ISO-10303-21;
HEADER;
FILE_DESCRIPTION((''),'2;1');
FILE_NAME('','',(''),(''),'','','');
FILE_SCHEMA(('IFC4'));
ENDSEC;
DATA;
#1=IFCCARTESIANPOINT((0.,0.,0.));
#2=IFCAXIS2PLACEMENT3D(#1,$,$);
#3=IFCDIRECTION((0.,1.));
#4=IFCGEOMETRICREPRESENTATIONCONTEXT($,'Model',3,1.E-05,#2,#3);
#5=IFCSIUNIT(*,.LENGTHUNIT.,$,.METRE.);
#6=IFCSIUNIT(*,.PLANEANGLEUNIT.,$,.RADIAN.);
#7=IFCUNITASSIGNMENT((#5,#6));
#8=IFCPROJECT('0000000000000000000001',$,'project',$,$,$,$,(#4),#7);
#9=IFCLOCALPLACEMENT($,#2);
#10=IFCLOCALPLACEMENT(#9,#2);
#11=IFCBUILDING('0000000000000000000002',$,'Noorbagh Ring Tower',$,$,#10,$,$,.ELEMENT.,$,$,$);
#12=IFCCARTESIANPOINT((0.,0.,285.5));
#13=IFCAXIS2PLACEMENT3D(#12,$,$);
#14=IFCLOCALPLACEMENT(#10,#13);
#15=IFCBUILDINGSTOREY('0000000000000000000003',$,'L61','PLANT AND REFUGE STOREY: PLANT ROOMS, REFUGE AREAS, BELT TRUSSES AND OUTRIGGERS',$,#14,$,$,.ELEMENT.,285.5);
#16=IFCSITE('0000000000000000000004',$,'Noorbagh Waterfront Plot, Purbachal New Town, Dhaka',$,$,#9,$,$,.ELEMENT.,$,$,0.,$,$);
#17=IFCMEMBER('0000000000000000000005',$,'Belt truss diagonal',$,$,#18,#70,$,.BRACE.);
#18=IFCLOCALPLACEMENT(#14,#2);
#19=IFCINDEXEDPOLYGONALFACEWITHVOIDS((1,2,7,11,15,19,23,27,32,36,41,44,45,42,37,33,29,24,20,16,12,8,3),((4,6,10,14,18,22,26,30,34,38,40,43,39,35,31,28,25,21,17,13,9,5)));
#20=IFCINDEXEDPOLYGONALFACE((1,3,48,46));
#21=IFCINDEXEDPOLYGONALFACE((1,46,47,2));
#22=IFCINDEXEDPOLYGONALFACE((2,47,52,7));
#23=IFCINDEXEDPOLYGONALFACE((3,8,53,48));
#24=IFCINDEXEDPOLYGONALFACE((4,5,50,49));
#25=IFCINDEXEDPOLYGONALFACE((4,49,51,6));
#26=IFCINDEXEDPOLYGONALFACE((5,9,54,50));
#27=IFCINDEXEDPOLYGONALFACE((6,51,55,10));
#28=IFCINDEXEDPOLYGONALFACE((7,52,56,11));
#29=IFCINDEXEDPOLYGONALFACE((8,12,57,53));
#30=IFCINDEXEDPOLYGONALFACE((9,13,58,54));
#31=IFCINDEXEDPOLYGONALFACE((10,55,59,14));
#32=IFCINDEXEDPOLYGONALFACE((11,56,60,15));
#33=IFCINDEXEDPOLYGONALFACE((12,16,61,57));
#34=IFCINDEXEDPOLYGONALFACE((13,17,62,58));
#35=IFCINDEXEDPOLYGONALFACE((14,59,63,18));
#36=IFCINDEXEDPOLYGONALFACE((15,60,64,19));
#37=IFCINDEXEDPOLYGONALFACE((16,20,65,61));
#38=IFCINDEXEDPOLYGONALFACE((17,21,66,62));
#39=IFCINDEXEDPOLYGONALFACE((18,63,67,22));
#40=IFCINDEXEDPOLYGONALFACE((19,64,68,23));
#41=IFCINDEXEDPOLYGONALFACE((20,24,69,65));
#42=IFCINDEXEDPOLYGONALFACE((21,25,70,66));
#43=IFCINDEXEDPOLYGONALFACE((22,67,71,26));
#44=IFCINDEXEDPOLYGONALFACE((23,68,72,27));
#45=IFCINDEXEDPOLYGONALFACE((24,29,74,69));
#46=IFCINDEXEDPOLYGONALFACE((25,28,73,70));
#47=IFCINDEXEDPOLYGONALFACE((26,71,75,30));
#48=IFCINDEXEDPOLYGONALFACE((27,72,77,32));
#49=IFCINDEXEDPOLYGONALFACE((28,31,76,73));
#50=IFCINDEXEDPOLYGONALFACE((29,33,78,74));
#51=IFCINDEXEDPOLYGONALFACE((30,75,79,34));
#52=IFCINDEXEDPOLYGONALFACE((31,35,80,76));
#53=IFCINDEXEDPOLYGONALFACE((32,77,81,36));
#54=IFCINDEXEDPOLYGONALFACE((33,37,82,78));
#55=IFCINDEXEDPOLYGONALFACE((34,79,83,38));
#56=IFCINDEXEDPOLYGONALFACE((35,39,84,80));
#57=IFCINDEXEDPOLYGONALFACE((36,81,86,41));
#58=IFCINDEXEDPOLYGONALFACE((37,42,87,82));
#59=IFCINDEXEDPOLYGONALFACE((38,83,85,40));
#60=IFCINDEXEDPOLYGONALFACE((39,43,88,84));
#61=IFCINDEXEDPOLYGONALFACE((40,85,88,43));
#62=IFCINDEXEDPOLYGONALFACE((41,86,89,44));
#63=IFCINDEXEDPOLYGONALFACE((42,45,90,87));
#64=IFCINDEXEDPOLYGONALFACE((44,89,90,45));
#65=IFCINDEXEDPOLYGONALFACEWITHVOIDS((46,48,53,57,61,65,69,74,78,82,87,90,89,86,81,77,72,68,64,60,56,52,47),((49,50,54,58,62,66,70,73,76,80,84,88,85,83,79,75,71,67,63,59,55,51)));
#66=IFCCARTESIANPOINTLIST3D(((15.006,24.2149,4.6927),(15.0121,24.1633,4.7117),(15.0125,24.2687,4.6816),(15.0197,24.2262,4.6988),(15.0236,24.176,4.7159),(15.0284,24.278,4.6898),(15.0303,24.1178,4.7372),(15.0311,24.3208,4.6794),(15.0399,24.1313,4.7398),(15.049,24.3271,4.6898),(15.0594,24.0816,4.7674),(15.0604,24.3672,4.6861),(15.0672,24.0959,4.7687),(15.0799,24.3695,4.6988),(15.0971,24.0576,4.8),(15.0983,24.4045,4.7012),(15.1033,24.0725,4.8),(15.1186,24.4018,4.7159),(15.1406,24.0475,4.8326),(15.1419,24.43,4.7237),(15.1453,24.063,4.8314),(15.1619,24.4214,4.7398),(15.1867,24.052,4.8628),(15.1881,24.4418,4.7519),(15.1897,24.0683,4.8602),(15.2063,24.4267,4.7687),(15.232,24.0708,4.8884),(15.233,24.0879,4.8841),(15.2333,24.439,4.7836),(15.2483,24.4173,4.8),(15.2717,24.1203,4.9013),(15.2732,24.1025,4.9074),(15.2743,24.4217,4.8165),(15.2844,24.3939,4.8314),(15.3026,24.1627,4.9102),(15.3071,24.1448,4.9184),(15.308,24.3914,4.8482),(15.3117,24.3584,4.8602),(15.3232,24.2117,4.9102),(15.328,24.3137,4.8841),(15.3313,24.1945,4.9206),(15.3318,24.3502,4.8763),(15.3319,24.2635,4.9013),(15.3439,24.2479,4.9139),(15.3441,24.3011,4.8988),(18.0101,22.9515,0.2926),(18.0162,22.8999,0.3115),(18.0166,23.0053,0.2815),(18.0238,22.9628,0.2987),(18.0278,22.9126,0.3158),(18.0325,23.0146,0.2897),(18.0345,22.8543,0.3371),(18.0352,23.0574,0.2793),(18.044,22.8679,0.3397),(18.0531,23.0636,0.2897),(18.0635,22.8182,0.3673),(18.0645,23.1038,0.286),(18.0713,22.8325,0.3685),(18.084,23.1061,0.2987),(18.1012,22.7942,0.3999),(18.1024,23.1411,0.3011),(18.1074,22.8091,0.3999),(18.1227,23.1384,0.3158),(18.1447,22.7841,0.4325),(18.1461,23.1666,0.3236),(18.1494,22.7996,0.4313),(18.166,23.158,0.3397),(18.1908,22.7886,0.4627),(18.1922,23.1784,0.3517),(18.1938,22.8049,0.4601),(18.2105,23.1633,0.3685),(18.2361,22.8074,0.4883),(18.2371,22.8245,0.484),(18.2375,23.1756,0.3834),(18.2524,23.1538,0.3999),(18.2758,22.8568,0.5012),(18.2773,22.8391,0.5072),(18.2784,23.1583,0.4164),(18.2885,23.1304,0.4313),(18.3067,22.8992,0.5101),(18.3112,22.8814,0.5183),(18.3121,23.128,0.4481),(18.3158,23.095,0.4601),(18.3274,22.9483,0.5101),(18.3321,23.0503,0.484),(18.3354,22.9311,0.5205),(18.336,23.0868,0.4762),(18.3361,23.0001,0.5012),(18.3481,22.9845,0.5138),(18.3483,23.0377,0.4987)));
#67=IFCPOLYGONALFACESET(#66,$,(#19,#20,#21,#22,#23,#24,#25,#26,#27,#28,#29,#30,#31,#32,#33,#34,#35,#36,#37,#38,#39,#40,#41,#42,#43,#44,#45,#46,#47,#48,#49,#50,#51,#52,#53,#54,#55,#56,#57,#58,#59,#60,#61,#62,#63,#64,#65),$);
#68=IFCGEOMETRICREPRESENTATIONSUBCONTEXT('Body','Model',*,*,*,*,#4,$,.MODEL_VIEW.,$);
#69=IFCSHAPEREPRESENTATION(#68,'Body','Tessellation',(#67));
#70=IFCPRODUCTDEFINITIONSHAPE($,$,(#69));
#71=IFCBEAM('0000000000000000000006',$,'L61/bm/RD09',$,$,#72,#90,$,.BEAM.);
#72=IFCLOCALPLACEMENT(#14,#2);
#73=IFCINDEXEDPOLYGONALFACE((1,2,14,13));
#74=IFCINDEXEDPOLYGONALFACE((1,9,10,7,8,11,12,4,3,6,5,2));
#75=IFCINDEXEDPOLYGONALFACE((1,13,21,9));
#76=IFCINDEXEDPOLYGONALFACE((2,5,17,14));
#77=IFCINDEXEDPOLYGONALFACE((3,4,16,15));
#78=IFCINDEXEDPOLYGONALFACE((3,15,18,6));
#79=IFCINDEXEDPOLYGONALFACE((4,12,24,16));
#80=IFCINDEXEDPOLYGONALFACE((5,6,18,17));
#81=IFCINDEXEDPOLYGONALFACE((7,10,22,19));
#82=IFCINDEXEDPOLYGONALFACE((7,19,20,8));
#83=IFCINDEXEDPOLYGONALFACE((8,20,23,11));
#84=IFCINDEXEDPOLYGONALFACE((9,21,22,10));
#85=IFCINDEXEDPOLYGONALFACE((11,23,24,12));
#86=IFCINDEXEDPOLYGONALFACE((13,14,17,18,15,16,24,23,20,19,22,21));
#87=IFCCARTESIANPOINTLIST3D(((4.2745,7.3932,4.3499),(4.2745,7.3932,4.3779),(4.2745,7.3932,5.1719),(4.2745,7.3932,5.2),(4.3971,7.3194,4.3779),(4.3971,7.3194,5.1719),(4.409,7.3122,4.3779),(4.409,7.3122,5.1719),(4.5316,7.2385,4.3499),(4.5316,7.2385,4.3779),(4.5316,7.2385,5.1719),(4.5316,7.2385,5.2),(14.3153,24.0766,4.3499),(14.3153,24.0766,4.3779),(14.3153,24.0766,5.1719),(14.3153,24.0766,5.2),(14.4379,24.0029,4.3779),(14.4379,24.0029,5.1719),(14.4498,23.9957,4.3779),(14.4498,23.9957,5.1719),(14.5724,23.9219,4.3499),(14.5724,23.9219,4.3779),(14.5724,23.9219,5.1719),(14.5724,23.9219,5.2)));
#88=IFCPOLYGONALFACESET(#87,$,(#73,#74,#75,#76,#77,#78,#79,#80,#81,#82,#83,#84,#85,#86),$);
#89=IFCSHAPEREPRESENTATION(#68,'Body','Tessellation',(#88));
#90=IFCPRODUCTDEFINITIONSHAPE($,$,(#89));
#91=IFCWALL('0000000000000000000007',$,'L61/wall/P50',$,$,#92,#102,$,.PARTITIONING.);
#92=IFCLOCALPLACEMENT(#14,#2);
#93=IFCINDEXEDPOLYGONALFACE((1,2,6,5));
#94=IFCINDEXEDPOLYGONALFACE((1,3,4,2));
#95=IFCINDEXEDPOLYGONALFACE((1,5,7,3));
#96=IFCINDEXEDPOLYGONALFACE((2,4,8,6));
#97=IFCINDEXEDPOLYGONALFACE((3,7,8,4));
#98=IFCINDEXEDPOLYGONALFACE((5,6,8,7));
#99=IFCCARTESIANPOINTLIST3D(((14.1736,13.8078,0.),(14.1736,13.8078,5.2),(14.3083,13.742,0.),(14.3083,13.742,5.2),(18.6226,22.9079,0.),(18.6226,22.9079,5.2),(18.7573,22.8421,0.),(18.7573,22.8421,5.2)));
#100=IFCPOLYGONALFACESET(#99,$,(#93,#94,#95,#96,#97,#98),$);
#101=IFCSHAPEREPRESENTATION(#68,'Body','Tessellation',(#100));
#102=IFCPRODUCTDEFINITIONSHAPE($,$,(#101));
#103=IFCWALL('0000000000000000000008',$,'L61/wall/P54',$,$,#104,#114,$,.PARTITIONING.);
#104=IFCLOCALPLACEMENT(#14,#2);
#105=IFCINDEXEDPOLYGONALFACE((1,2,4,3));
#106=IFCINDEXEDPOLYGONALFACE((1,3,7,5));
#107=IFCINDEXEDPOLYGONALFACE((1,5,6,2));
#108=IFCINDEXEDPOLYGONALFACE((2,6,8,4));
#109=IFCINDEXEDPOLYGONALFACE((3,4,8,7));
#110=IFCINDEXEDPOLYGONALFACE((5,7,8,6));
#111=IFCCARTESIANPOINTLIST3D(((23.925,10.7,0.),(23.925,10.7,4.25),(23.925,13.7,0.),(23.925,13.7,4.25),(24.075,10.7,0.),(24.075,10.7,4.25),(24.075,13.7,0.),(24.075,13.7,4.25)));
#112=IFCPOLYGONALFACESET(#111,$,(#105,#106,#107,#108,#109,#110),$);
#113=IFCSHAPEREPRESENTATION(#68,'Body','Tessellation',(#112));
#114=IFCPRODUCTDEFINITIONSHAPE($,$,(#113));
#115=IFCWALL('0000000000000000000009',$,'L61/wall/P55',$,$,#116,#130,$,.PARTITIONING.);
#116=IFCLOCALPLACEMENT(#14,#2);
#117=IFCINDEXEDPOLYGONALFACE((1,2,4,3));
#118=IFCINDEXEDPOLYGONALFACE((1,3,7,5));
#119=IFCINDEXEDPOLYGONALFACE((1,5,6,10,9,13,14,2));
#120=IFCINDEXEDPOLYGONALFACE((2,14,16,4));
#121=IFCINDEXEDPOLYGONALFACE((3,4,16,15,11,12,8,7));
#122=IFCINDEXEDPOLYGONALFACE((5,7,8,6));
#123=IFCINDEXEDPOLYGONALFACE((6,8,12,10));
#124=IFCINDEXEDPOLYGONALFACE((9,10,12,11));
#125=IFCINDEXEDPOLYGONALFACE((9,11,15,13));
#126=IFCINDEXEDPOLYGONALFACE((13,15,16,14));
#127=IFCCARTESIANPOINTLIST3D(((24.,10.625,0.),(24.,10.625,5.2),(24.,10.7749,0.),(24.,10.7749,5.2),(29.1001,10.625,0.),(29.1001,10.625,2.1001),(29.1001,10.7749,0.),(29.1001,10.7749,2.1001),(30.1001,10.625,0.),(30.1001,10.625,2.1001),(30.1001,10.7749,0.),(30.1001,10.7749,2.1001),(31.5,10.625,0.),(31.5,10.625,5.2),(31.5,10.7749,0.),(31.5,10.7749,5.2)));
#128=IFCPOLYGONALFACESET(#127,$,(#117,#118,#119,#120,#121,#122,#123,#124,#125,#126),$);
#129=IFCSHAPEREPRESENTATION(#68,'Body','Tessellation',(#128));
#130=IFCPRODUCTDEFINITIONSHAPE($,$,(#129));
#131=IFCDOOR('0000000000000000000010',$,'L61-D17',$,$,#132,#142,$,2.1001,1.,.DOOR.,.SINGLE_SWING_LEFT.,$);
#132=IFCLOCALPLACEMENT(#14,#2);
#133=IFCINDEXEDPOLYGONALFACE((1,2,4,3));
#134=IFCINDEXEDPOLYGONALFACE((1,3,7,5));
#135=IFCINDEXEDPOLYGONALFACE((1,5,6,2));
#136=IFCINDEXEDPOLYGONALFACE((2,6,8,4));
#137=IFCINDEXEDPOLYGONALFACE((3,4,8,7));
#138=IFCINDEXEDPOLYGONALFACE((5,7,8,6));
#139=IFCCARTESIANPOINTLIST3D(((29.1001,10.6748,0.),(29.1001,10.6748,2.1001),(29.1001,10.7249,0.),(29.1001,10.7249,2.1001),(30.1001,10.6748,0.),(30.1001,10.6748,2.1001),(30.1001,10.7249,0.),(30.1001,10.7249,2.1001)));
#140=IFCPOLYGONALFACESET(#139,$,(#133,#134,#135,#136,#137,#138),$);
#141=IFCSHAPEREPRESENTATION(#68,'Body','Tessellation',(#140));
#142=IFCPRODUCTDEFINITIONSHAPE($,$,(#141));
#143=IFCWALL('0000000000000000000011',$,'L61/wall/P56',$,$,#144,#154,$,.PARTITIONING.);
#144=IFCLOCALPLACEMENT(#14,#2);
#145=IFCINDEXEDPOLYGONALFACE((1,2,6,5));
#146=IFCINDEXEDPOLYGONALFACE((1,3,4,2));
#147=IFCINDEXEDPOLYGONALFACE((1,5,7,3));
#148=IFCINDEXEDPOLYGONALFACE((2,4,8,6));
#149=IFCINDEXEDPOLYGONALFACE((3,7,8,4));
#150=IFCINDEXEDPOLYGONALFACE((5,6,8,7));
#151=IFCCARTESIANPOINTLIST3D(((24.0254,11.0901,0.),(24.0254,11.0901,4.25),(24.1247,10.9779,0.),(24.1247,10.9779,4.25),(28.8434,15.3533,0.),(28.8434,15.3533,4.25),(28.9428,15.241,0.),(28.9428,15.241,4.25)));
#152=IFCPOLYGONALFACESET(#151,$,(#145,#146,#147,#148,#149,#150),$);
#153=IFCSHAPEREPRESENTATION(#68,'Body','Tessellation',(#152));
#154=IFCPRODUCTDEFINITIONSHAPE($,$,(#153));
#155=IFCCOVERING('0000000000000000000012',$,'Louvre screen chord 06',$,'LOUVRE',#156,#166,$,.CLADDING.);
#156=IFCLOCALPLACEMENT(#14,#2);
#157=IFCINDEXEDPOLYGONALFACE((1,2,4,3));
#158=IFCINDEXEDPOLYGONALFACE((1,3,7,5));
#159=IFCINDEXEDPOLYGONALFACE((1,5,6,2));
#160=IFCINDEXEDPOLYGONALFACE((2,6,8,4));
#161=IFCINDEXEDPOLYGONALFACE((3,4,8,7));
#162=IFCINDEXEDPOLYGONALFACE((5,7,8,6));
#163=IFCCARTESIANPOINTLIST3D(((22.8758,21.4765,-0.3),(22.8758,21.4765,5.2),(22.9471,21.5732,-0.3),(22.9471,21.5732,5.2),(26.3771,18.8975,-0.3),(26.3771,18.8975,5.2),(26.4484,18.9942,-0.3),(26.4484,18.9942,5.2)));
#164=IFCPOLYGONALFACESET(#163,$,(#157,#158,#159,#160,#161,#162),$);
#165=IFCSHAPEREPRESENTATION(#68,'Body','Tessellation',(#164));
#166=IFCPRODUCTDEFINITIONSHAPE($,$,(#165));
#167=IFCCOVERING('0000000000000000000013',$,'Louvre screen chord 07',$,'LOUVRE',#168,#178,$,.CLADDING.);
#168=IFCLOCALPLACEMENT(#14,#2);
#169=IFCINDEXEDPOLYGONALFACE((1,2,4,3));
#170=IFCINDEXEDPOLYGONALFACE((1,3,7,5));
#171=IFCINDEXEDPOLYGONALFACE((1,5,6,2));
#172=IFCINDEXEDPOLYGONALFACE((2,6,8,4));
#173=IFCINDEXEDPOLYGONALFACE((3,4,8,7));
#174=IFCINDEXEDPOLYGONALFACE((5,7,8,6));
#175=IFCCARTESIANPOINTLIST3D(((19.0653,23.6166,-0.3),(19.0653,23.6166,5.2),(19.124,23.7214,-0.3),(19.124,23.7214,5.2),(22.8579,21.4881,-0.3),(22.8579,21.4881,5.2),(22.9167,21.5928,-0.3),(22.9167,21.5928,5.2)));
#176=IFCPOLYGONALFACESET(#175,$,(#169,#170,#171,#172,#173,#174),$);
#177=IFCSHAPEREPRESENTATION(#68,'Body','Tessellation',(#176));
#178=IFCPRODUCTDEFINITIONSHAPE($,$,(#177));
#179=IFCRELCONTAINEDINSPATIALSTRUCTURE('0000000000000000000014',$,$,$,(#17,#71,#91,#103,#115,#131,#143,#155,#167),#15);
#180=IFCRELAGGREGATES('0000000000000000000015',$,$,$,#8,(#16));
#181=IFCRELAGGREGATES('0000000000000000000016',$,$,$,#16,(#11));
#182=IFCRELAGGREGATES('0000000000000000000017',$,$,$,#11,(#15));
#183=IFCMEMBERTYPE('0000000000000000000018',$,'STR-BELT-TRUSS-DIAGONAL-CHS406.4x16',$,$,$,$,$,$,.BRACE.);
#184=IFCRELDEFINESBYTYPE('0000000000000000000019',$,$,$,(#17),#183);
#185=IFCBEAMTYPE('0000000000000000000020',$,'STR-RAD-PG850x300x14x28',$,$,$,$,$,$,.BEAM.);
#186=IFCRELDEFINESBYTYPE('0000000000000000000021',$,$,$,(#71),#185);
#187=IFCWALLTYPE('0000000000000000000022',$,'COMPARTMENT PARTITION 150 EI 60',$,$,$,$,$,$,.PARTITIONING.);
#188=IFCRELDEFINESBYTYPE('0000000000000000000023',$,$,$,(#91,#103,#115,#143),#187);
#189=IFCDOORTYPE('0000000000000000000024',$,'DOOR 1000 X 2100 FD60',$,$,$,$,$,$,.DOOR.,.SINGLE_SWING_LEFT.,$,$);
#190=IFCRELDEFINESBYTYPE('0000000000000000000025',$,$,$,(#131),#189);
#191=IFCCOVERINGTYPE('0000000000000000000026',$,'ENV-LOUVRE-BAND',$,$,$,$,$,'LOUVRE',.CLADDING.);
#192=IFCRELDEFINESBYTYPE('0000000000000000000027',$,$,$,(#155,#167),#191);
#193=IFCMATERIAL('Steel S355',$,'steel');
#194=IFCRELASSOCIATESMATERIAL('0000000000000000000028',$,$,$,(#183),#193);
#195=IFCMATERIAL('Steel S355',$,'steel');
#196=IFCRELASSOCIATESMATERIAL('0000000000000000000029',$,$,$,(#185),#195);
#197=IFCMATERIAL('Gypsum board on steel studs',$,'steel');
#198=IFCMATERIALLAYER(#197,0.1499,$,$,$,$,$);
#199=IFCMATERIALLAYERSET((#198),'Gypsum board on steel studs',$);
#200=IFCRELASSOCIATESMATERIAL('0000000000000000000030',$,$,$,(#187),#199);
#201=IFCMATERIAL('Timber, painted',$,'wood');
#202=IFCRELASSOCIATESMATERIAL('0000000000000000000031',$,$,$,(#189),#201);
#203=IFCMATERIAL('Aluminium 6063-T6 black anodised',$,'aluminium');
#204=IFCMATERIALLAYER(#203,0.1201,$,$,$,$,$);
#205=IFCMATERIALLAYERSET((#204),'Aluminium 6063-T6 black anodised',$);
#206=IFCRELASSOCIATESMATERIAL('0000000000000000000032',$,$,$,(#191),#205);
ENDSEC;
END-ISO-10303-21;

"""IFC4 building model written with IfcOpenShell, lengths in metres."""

from ifc_helpers import new_model, si_unit, direction, frame, frame_2d, origin, origin_2d, place, context, subcontext, project, spatial, rectangle, hollow_circle, i_section, extrude, material, layer, layer_set, material_profile, profile_set, type_object, element, fill, save


model = new_model("IFC4")

# Units and contexts
model_context = context("Model", 3, precision=1e-05, world=origin(), true_north=direction((0.0, 1.0)))
body_context = subcontext(model_context, "Body", "Model", "MODEL_VIEW")
ifc_project = project(units=[si_unit("LENGTHUNIT", "METRE"), si_unit("PLANEANGLEUNIT", "RADIAN")], contexts=[model_context])

# Site, building, storey
site_placement = place(None, origin())
site = spatial("IfcSite", under=ifc_project, at=site_placement, Name="Noorbagh Waterfront Plot, Purbachal New Town, Dhaka", CompositionType="ELEMENT", RefElevation=0.0)
building_placement = place(site_placement, origin())
building = spatial("IfcBuilding", under=site, at=building_placement, Name="Noorbagh Ring Tower", CompositionType="ELEMENT")
storey_placement = place(building_placement, frame((0.0, 0.0, 285.5)))
storey = spatial("IfcBuildingStorey", under=building, at=storey_placement, Name="L61", Description="PLANT AND REFUGE STOREY: PLANT ROOMS, REFUGE AREAS, BELT TRUSSES AND OUTRIGGERS", CompositionType="ELEMENT", Elevation=285.5)

# Member
ifc_material_1 = material(Name="Steel S355", Category="steel")
ifc_material_profile_1 = material_profile(ifc_material_1, hollow_circle(Radius=0.2031, WallThickness=0.0161, at=origin_2d()), Name="CHS406.4x16")
ifc_profile_set_1 = profile_set([ifc_material_profile_1], Name="Steel S355")
member_type = type_object("IfcMemberType", Name="STR-BELT-TRUSS-DIAGONAL-CHS406.4x16", PredefinedType="BRACE", material=ifc_profile_set_1)
member_1_placement = place(storey_placement, frame((18.1799, 22.9814, 0.3999), z_axis=(-0.548641, 0.230737, 0.803588), x_axis=(-0.387672, -0.921797, 0.0)))
element("IfcMember", 1, at=member_1_placement, inside=storey, type_object=member_type, Name="Belt truss diagonal", PredefinedType="BRACE", context=body_context, shape_type="SweptSolid", body=[
    extrude(hollow_circle(Radius=0.2031, WallThickness=0.0161, at=origin_2d()), origin(), (0.0, 0.0, 1.0), 5.4756),
])

# Beam
ifc_material_2 = material(Name="Steel S355", Category="steel")
ifc_material_profile_2 = material_profile(ifc_material_2, i_section(OverallWidth=0.3, OverallDepth=0.8501, WebThickness=0.0139, FlangeThickness=0.0281, at=origin_2d()), Name="PG850x300x14x28")
ifc_profile_set_2 = profile_set([ifc_material_profile_2], Name="Steel S355")
beam_type_1 = type_object("IfcBeamType", Name="STR-RAD-PG850x300x14x28", PredefinedType="BEAM", material=ifc_profile_set_2)
beam_placement = place(storey_placement, frame((14.4438, 23.9993, 4.7749), z_axis=(-0.515657, -0.856795, 0.0), x_axis=(0.856795, -0.515657, 0.0)))
element("IfcBeam", 2, at=beam_placement, inside=storey, type_object=beam_type_1, Name="L61/bm/RD09", PredefinedType="BEAM", context=body_context, shape_type="SweptSolid", body=[
    extrude(i_section(OverallWidth=0.3, OverallDepth=0.8501, WebThickness=0.0139, FlangeThickness=0.0281, at=origin_2d()), origin(), (0.0, 0.0, 1.0), 19.4719),
])

# Walls
ifc_material_3 = material(Name="Gypsum board on steel studs", Category="steel")
ifc_layer_1 = layer(ifc_material_3, 0.1499)
ifc_layer_set_1 = layer_set([ifc_layer_1], Name="Gypsum board on steel studs")
wall_type = type_object("IfcWallType", Name="COMPARTMENT PARTITION 150 EI 60", PredefinedType="PARTITIONING", material=ifc_layer_set_1)
wall_1_placement = place(storey_placement, frame((14.241, 13.7749, 0.0), z_axis=(0.0, 0.0, 1.0), x_axis=(0.439213, 0.898383, 0.0)))
element("IfcWall", 3, at=wall_1_placement, inside=storey, type_object=wall_type, Name="L61/wall/P50", PredefinedType="PARTITIONING", context=body_context, shape_type="SweptSolid", body=[
    extrude(rectangle(XDim=10.1294, YDim=0.1499, at=frame_2d((5.0647, 0.0))), origin(), (0.0, 0.0, 1.0), 5.2),
])
wall_2_placement = place(storey_placement, frame((24.0, 10.7, 0.0), z_axis=(0.0, 0.0, 1.0), x_axis=(0.0, 1.0, 0.0)))
element("IfcWall", 4, at=wall_2_placement, inside=storey, type_object=wall_type, Name="L61/wall/P54", PredefinedType="PARTITIONING", context=body_context, shape_type="SweptSolid", body=[
    extrude(rectangle(XDim=3.0, YDim=0.1499, at=frame_2d((1.5, 0.0))), origin(), (0.0, 0.0, 1.0), 4.25),
])

# Wall, opening, door
wall_3_placement = place(storey_placement, frame((24.0, 10.7, 0.0), z_axis=(0.0, 0.0, 1.0), x_axis=(1.0, 0.0, 0.0)))
wall_3 = element("IfcWall", 5, at=wall_3_placement, inside=storey, type_object=wall_type, Name="L61/wall/P55", PredefinedType="PARTITIONING", context=body_context, shape_type="SweptSolid", body=[
    extrude(rectangle(XDim=7.5, YDim=0.1499, at=frame_2d((3.75, 0.0))), origin(), (0.0, 0.0, 1.0), 5.2),
])
opening_placement = place(wall_3_placement, frame((5.1001, 0.0, 0.0)))
opening = element("IfcOpeningElement", 6, at=opening_placement, cuts=wall_3, PredefinedType="OPENING", context=body_context, shape_type="SweptSolid", body=[
    extrude(rectangle(XDim=1.0, YDim=2.1001, at=frame_2d((0.5, 1.05))), frame((0.0, 0.085, 0.0), z_axis=(0.0, -1.0, 0.0), x_axis=(1.0, 0.0, 0.0)), (0.0, 0.0, 1.0), 0.1699),
])
ifc_material_4 = material(Name="Timber, painted", Category="wood")
door_type = type_object("IfcDoorType", Name="DOOR 1000 X 2100 FD60", OperationType="SINGLE_SWING_LEFT", PredefinedType="DOOR", material=ifc_material_4)
door_placement = place(opening_placement, origin())
door = element("IfcDoor", 7, at=door_placement, inside=storey, type_object=door_type, Name="L61-D17", OperationType="SINGLE_SWING_LEFT", OverallHeight=2.1001, OverallWidth=1.0, PredefinedType="DOOR", context=body_context, shape_type="SweptSolid", body=[
    extrude(rectangle(XDim=1.0, YDim=2.1001, at=frame_2d((0.5, 1.05))), frame((0.0, 0.0249, 0.0), z_axis=(0.0, -1.0, 0.0), x_axis=(1.0, 0.0, 0.0)), (0.0, 0.0, 1.0), 0.05),
])
fill(opening, door)

# Wall
wall_4_placement = place(storey_placement, frame((24.075, 11.0339, 0.0), z_axis=(0.0, 0.0, 1.0), x_axis=(0.748919, 0.662661, 0.0)))
element("IfcWall", 8, at=wall_4_placement, inside=storey, type_object=wall_type, Name="L61/wall/P56", PredefinedType="PARTITIONING", context=body_context, shape_type="SweptSolid", body=[
    extrude(rectangle(XDim=6.4333, YDim=0.1499, at=frame_2d((3.2168, 0.0))), origin(), (0.0, 0.0, 1.0), 4.25),
])

# Coverings
ifc_material_5 = material(Name="Aluminium 6063-T6 black anodised", Category="aluminium")
ifc_layer_2 = layer(ifc_material_5, 0.1201)
ifc_layer_set_2 = layer_set([ifc_layer_2], Name="Aluminium 6063-T6 black anodised")
covering_type_1 = type_object("IfcCoveringType", Name="ENV-LOUVRE-BAND", ElementType="LOUVRE", PredefinedType="CLADDING", material=ifc_layer_set_2)
covering_1_placement = place(storey_placement, frame((24.6621, 20.2354, -0.3), z_axis=(0.0, 0.0, 1.0), x_axis=(-0.805153, 0.593067, 0.0)))
element("IfcCovering", 9, at=covering_1_placement, inside=storey, type_object=covering_type_1, Name="Louvre screen chord 06", ObjectType="LOUVRE", PredefinedType="CLADDING", context=body_context, shape_type="SweptSolid", body=[
    extrude(rectangle(XDim=4.3486, YDim=0.1201, at=origin_2d()), origin(), (0.0, 0.0, 1.0), 5.5),
])
covering_2_placement = place(storey_placement, frame((20.991, 22.6047, -0.3), z_axis=(0.0, 0.0, 1.0), x_axis=(-0.872045, 0.489426, 0.0)))
element("IfcCovering", 10, at=covering_2_placement, inside=storey, type_object=covering_type_1, Name="Louvre screen chord 07", ObjectType="LOUVRE", PredefinedType="CLADDING", context=body_context, shape_type="SweptSolid", body=[
    extrude(rectangle(XDim=4.3491, YDim=0.1201, at=origin_2d()), origin(), (0.0, 0.0, 1.0), 5.5),
])

save(model, "model.ifc")
